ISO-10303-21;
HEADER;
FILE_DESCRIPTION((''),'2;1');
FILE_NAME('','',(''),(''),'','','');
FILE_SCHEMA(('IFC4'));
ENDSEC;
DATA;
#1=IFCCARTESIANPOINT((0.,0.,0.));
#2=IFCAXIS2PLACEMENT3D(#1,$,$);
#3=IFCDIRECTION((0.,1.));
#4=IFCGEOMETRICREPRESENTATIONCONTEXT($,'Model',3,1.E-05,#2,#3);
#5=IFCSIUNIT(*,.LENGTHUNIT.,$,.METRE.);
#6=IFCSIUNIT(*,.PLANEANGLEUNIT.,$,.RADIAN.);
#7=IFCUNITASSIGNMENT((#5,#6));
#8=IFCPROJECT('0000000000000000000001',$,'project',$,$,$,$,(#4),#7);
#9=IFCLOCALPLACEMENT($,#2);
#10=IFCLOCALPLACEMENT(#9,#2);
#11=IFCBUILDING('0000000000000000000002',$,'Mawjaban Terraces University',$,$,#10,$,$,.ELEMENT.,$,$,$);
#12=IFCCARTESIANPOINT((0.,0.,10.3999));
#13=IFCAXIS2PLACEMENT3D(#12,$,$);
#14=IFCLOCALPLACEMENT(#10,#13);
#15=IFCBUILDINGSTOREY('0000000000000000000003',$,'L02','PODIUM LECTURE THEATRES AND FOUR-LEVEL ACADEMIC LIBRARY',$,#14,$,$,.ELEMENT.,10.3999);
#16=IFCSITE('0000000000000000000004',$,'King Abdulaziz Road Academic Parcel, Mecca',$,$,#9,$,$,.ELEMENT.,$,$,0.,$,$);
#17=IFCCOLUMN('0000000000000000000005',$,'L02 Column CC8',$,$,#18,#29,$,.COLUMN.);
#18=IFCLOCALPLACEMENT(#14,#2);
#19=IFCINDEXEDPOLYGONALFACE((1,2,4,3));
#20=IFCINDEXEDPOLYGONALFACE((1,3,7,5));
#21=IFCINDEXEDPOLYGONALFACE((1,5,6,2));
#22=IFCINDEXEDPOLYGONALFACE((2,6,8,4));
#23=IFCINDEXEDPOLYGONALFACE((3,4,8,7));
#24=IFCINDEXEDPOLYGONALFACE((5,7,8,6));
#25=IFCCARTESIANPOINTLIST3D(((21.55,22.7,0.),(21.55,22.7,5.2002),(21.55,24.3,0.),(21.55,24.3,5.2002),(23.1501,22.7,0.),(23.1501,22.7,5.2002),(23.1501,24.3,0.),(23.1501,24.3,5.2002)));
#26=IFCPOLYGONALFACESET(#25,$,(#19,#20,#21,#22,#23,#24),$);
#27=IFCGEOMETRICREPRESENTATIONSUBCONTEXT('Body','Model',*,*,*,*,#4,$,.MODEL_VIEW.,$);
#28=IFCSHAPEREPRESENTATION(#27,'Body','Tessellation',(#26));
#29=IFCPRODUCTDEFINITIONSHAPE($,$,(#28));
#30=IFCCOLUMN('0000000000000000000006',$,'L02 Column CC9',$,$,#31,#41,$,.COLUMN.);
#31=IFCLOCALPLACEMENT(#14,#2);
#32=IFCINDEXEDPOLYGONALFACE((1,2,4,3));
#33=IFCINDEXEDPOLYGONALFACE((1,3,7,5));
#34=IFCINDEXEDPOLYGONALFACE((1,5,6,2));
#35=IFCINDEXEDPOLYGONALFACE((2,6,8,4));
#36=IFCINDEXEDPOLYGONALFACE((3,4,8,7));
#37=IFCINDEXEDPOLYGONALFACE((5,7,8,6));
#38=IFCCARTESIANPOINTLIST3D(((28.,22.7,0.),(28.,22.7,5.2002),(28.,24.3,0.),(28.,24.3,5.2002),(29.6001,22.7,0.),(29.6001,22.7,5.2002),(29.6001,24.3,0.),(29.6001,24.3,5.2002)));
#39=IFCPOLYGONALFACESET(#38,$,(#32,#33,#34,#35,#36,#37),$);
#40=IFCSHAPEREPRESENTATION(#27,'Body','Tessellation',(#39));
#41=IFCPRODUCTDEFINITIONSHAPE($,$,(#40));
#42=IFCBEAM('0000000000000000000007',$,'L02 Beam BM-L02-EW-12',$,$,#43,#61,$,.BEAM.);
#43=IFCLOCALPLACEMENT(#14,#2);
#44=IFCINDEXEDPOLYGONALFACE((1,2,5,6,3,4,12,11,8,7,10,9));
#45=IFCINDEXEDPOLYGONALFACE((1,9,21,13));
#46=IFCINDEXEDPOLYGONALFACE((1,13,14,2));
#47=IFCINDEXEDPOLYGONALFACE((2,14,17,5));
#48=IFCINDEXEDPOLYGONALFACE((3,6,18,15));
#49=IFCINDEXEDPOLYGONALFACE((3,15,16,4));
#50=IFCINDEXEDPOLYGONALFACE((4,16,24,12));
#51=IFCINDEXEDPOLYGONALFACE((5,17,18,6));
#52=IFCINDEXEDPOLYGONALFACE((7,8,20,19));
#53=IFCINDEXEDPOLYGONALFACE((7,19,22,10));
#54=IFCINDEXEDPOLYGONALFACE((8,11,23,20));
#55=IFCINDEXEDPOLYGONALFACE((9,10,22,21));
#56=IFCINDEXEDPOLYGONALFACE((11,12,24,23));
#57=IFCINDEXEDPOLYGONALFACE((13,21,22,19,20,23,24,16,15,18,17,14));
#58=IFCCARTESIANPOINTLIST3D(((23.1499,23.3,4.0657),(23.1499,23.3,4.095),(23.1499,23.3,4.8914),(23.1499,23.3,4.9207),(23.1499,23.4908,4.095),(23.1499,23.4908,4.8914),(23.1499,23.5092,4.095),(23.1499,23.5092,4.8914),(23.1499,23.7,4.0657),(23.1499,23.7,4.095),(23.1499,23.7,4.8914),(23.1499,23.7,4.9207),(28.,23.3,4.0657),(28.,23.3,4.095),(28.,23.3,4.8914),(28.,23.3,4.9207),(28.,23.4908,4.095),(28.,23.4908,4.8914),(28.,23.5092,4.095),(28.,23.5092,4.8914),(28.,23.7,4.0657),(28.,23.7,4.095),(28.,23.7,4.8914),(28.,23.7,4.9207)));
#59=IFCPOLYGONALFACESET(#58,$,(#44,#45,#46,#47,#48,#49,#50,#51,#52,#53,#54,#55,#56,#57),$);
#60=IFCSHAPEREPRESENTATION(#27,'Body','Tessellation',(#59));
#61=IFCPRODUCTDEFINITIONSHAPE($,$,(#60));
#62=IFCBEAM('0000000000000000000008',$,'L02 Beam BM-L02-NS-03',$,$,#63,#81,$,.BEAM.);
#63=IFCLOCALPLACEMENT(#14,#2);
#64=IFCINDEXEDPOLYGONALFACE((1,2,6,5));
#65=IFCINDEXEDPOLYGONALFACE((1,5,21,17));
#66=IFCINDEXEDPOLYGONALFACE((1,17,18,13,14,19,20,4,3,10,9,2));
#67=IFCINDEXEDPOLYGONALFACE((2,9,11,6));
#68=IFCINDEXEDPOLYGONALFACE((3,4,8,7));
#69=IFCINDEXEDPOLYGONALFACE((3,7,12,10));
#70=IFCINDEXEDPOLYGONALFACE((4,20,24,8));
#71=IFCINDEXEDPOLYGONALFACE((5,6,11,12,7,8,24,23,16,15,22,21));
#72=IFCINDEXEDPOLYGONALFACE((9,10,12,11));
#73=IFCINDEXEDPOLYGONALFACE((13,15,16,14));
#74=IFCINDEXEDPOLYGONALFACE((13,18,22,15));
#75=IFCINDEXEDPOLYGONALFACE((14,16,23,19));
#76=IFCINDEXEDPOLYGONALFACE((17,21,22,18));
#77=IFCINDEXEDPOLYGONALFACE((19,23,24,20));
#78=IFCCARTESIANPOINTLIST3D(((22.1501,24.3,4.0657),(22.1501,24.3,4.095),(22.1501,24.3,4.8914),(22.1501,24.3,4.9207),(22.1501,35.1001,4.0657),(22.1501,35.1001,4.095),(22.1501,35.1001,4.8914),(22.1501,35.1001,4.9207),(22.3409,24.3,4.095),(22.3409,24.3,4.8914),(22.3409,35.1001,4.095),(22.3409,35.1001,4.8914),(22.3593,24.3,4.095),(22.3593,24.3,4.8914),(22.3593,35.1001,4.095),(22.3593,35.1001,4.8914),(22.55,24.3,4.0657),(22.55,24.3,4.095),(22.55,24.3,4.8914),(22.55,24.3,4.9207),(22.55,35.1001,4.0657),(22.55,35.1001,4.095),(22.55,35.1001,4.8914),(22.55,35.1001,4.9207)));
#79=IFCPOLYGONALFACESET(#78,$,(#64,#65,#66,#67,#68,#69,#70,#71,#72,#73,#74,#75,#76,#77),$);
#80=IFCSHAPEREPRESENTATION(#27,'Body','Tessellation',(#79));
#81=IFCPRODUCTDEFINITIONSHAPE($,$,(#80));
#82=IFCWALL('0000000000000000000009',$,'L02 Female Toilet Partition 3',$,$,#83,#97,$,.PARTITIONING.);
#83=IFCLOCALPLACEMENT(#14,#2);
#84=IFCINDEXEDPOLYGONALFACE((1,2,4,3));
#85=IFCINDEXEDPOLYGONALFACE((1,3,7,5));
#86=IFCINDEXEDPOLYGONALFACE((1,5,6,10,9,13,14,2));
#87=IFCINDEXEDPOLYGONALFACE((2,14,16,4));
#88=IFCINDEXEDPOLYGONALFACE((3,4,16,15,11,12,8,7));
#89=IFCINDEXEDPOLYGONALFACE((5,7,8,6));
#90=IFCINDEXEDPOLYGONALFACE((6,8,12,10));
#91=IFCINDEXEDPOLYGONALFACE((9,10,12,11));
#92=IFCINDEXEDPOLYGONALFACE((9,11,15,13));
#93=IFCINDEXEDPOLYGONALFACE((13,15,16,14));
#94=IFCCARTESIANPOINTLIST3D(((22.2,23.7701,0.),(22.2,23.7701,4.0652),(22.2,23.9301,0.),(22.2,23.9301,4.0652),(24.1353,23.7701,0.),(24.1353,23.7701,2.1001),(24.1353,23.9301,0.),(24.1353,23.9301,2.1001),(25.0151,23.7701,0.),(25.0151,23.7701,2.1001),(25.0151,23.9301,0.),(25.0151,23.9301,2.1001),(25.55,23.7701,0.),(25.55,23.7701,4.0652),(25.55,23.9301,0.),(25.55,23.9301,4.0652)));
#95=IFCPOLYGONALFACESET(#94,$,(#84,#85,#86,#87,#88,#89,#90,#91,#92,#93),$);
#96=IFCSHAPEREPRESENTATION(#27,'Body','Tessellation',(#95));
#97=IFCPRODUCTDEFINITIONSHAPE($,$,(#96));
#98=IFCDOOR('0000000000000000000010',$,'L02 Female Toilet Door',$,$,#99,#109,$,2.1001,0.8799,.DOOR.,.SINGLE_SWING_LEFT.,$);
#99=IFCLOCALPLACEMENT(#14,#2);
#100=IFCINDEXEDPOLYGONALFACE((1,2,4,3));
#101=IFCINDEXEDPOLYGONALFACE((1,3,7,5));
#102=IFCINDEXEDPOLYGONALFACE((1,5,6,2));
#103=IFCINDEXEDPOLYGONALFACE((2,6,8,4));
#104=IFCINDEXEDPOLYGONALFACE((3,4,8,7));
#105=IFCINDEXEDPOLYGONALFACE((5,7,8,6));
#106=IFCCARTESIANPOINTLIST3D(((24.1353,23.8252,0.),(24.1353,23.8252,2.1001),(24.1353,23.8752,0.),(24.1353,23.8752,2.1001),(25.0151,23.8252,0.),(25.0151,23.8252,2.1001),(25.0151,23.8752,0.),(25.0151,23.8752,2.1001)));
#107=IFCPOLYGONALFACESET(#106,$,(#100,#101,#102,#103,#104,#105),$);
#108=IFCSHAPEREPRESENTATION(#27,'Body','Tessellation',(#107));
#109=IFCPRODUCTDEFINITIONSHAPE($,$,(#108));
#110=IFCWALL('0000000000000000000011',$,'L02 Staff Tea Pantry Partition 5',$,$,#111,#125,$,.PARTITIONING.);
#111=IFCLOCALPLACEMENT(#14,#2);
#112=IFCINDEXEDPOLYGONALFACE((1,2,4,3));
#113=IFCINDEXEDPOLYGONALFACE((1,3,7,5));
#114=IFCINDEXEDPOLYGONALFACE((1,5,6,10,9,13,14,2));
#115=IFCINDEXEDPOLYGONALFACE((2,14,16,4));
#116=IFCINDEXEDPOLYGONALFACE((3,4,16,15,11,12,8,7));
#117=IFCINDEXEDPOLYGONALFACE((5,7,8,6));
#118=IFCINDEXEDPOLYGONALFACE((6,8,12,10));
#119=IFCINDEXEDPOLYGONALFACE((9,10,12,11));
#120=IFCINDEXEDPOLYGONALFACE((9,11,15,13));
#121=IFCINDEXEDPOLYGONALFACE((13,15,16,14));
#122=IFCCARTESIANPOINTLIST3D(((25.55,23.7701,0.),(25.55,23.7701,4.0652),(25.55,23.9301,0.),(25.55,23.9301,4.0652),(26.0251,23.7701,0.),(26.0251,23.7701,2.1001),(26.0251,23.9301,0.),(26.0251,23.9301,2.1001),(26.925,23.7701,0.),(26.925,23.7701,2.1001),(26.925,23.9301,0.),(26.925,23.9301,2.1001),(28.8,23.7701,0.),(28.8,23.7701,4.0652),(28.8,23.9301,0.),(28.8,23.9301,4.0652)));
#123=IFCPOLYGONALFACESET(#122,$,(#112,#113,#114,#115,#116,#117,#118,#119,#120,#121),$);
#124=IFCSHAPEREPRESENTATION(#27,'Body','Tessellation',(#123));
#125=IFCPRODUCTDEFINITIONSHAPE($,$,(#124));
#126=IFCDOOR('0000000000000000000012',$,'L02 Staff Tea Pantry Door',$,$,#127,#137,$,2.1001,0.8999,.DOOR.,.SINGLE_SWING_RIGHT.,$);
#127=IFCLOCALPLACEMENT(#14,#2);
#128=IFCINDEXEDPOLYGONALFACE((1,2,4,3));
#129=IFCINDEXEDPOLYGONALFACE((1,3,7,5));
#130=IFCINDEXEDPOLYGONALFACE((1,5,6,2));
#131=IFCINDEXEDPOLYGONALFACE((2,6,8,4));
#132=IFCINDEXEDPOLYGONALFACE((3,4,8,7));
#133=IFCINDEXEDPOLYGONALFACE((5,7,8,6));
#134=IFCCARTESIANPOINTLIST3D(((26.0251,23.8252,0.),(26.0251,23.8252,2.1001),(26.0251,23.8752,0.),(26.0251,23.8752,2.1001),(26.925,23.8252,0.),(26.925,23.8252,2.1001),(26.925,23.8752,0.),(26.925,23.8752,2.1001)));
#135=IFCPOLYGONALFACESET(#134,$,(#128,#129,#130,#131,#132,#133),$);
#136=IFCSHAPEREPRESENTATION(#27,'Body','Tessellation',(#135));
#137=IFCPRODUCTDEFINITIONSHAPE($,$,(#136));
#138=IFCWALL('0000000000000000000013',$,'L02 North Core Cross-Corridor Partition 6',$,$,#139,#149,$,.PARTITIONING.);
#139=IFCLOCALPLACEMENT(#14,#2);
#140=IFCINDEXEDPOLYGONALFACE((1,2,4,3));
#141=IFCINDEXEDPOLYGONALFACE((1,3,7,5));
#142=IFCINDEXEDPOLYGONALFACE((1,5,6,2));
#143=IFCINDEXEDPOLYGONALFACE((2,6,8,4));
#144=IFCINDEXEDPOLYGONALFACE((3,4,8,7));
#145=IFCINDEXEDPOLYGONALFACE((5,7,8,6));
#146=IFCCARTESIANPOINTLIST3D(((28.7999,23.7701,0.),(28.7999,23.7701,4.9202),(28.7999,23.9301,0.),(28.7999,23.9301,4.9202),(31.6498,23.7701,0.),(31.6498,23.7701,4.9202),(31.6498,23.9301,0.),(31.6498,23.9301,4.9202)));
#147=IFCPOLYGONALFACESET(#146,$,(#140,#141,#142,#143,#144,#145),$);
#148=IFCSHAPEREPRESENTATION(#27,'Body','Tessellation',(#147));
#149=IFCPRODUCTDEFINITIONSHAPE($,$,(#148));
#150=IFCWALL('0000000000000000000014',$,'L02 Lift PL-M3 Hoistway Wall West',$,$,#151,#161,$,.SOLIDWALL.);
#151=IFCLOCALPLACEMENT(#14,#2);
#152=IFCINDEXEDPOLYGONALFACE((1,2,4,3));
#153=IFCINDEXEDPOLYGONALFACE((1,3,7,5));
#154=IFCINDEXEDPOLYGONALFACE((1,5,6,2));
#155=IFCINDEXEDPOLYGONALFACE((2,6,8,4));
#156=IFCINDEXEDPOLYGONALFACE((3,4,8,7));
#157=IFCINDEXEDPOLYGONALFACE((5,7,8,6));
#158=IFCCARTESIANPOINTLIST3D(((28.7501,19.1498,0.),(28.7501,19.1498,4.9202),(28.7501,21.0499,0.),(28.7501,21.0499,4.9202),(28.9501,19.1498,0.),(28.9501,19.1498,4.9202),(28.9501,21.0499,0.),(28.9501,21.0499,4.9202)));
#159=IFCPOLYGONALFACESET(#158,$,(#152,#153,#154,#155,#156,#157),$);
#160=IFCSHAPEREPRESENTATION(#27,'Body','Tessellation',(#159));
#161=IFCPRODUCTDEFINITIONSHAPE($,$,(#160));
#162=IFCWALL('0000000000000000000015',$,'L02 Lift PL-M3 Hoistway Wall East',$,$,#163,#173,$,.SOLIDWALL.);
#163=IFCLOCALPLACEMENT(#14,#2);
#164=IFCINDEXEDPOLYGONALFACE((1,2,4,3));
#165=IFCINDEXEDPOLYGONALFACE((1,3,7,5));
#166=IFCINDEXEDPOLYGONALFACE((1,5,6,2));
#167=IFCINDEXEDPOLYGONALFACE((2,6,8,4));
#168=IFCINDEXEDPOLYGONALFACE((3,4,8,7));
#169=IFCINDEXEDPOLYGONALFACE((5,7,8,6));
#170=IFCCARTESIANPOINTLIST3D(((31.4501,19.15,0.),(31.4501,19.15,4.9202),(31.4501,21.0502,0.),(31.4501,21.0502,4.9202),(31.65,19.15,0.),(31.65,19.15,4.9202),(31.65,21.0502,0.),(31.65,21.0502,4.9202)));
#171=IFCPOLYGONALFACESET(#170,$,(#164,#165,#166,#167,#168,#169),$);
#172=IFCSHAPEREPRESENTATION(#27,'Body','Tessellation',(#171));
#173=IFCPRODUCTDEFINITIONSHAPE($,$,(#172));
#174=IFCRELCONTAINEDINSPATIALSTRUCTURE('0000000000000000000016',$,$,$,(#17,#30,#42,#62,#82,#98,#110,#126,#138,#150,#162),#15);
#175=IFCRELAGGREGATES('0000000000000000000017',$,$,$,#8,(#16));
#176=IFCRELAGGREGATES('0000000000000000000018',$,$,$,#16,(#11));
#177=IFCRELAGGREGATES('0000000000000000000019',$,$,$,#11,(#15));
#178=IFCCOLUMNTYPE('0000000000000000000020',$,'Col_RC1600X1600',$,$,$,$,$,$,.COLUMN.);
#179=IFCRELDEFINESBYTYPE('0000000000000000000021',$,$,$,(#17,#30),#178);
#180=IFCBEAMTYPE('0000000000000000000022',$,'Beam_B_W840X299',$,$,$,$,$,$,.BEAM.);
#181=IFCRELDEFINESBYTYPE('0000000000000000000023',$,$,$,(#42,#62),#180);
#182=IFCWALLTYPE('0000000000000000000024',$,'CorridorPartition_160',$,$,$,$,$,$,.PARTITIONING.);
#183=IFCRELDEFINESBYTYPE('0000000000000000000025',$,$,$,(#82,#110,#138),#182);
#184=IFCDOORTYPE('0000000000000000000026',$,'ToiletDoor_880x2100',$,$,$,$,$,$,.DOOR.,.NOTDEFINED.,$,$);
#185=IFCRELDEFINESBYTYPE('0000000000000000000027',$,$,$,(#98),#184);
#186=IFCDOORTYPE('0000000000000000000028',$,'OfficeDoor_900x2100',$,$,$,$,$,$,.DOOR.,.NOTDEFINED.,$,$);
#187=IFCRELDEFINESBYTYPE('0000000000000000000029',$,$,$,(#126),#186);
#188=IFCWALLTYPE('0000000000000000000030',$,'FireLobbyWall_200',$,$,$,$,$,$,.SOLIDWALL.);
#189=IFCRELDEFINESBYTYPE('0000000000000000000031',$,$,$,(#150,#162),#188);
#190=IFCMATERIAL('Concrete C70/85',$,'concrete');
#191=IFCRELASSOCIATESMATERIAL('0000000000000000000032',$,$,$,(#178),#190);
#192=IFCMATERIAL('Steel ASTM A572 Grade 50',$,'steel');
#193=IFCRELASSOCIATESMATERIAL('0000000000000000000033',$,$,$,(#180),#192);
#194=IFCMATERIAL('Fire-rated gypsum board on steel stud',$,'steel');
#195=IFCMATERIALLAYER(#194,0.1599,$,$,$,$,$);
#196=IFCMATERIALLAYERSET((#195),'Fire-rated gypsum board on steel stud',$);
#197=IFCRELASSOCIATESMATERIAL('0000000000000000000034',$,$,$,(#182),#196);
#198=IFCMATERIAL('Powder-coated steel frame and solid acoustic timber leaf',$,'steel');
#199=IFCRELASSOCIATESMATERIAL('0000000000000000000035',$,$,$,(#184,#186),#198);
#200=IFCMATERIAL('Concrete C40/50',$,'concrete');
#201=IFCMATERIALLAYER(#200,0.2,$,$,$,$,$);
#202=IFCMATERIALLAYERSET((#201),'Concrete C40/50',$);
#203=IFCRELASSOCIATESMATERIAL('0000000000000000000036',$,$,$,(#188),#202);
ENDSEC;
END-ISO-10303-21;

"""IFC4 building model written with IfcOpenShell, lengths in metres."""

from ifc_helpers import new_model, si_unit, direction, frame, frame_2d, origin, origin_2d, place, context, subcontext, project, spatial, rectangle, i_section, extrude, material, layer, layer_set, material_profile, profile_set, type_object, element, fill, save


model = new_model("IFC4")

# Units and contexts
model_context = context("Model", 3, precision=1e-05, world=origin(), true_north=direction((0.0, 1.0)))
body_context = subcontext(model_context, "Body", "Model", "MODEL_VIEW")
ifc_project = project(units=[si_unit("LENGTHUNIT", "METRE"), si_unit("PLANEANGLEUNIT", "RADIAN")], contexts=[model_context])

# Site, building, storey
site_placement = place(None, origin())
site = spatial("IfcSite", under=ifc_project, at=site_placement, Name="King Abdulaziz Road Academic Parcel, Mecca", CompositionType="ELEMENT", RefElevation=0.0)
building_placement = place(site_placement, origin())
building = spatial("IfcBuilding", under=site, at=building_placement, Name="Mawjaban Terraces University", CompositionType="ELEMENT")
storey_placement = place(building_placement, frame((0.0, 0.0, 10.3999)))
storey = spatial("IfcBuildingStorey", under=building, at=storey_placement, Name="L02", Description="PODIUM LECTURE THEATRES AND FOUR-LEVEL ACADEMIC LIBRARY", CompositionType="ELEMENT", Elevation=10.3999)

# Columns
ifc_material_1 = material(Name="Concrete C70/85", Category="concrete")
ifc_material_profile_1 = material_profile(ifc_material_1, rectangle(XDim=1.6001, YDim=1.6001, at=origin_2d()), Name="RC1600X1600")
ifc_profile_set_1 = profile_set([ifc_material_profile_1], Name="Concrete C70/85")
column_type = type_object("IfcColumnType", Name="Col_RC1600X1600", PredefinedType="COLUMN", material=ifc_profile_set_1)
for number, where, z_axis, x_axis, name in (
    (1, (22.3501, 23.5, 0.0), (0.0, 0.0, 1.0), (1.0, 0.0, 0.0), "L02 Column CC8"),
    (2, (28.8, 23.5, 0.0), (0.0, 0.0, 1.0), (1.0, 0.0, 0.0), "L02 Column CC9"),
):
    element("IfcColumn", number, at=place(storey_placement, frame(where, z_axis=z_axis, x_axis=x_axis)), inside=storey, type_object=column_type, Name=name, PredefinedType="COLUMN", context=body_context, shape_type="SweptSolid", body=[
        extrude(rectangle(XDim=1.6001, YDim=1.6001, at=origin_2d()), origin(), (0.0, 0.0, 1.0), 5.2002),
    ])

# Beams
ifc_material_2 = material(Name="Steel ASTM A572 Grade 50", Category="steel")
ifc_material_profile_2 = material_profile(ifc_material_2, i_section(OverallWidth=0.3999, OverallDepth=0.855, WebThickness=0.0183, FlangeThickness=0.0293, at=origin_2d()), Name="W840X299")
ifc_profile_set_2 = profile_set([ifc_material_profile_2], Name="Steel ASTM A572 Grade 50")
beam_type = type_object("IfcBeamType", Name="Beam_B_W840X299", PredefinedType="BEAM", material=ifc_profile_set_2)
beam_1_placement = place(storey_placement, frame((23.1499, 23.5, 4.4932), z_axis=(1.0, 0.0, 0.0), x_axis=(0.0, 1.0, 0.0)))
element("IfcBeam", 3, at=beam_1_placement, inside=storey, type_object=beam_type, Name="L02 Beam BM-L02-EW-12", PredefinedType="BEAM", context=body_context, shape_type="SweptSolid", body=[
    extrude(i_section(OverallWidth=0.3999, OverallDepth=0.855, WebThickness=0.0183, FlangeThickness=0.0293, at=origin_2d()), origin(), (0.0, 0.0, 1.0), 4.8501),
])
beam_2_placement = place(storey_placement, frame((22.3501, 24.3, 4.4932), z_axis=(0.0, 1.0, 0.0), x_axis=(-1.0, 0.0, 0.0)))
element("IfcBeam", 4, at=beam_2_placement, inside=storey, type_object=beam_type, Name="L02 Beam BM-L02-NS-03", PredefinedType="BEAM", context=body_context, shape_type="SweptSolid", body=[
    extrude(i_section(OverallWidth=0.3999, OverallDepth=0.855, WebThickness=0.0183, FlangeThickness=0.0293, at=origin_2d()), origin(), (0.0, 0.0, 1.0), 10.8),
])

# Walls, openings, doors
ifc_material_3 = material(Name="Fire-rated gypsum board on steel stud", Category="steel")
ifc_layer_1 = layer(ifc_material_3, 0.1599)
ifc_layer_set_1 = layer_set([ifc_layer_1], Name="Fire-rated gypsum board on steel stud")
wall_type_1 = type_object("IfcWallType", Name="CorridorPartition_160", PredefinedType="PARTITIONING", material=ifc_layer_set_1)
wall_1_placement = place(storey_placement, frame((25.55, 23.8501, 0.0), z_axis=(0.0, 0.0, 1.0), x_axis=(-1.0, 0.0, 0.0)))
wall_1 = element("IfcWall", 5, at=wall_1_placement, inside=storey, type_object=wall_type_1, Name="L02 Female Toilet Partition 3", PredefinedType="PARTITIONING", context=body_context, shape_type="SweptSolid", body=[
    extrude(rectangle(XDim=3.3501, YDim=0.1599, at=frame_2d((1.675, 0.0))), origin(), (0.0, 0.0, 1.0), 4.0652),
])
opening_1_placement = place(wall_1_placement, frame((0.5349, 0.0, 0.0)))
opening_1 = element("IfcOpeningElement", 6, at=opening_1_placement, cuts=wall_1, PredefinedType="OPENING", context=body_context, shape_type="SweptSolid", body=[
    extrude(rectangle(XDim=0.8799, YDim=2.1001, at=frame_2d((0.4399, 1.05))), frame((0.0, 0.0898, 0.0), z_axis=(0.0, -1.0, 0.0), x_axis=(1.0, 0.0, 0.0)), (0.0, 0.0, 1.0), 0.1799),
])
ifc_material_4 = material(Name="Powder-coated steel frame and solid acoustic timber leaf", Category="steel")
door_type_1 = type_object("IfcDoorType", Name="ToiletDoor_880x2100", OperationType="NOTDEFINED", PredefinedType="DOOR", material=ifc_material_4)
door_1_placement = place(opening_1_placement, origin())
door_1 = element("IfcDoor", 7, at=door_1_placement, inside=storey, type_object=door_type_1, Name="L02 Female Toilet Door", OperationType="SINGLE_SWING_LEFT", OverallHeight=2.1001, OverallWidth=0.8799, PredefinedType="DOOR", context=body_context, shape_type="SweptSolid", body=[
    extrude(rectangle(XDim=0.8799, YDim=2.1001, at=frame_2d((0.4399, 1.05))), frame((0.0, 0.0249, 0.0), z_axis=(0.0, -1.0, 0.0), x_axis=(1.0, 0.0, 0.0)), (0.0, 0.0, 1.0), 0.05),
])
fill(opening_1, door_1)
wall_2_placement = place(storey_placement, frame((28.8, 23.8501, 0.0), z_axis=(0.0, 0.0, 1.0), x_axis=(-1.0, 0.0, 0.0)))
wall_2 = element("IfcWall", 8, at=wall_2_placement, inside=storey, type_object=wall_type_1, Name="L02 Staff Tea Pantry Partition 5", PredefinedType="PARTITIONING", context=body_context, shape_type="SweptSolid", body=[
    extrude(rectangle(XDim=3.25, YDim=0.1599, at=frame_2d((1.625, 0.0))), origin(), (0.0, 0.0, 1.0), 4.0652),
])
opening_2_placement = place(wall_2_placement, frame((1.875, 0.0, 0.0)))
opening_2 = element("IfcOpeningElement", 9, at=opening_2_placement, cuts=wall_2, PredefinedType="OPENING", context=body_context, shape_type="SweptSolid", body=[
    extrude(rectangle(XDim=0.8999, YDim=2.1001, at=frame_2d((0.45, 1.05))), frame((0.0, 0.0898, 0.0), z_axis=(0.0, -1.0, 0.0), x_axis=(1.0, 0.0, 0.0)), (0.0, 0.0, 1.0), 0.1799),
])
door_type_2 = type_object("IfcDoorType", Name="OfficeDoor_900x2100", OperationType="NOTDEFINED", PredefinedType="DOOR", material=ifc_material_4)
door_2_placement = place(opening_2_placement, origin())
door_2 = element("IfcDoor", 10, at=door_2_placement, inside=storey, type_object=door_type_2, Name="L02 Staff Tea Pantry Door", OperationType="SINGLE_SWING_RIGHT", OverallHeight=2.1001, OverallWidth=0.8999, PredefinedType="DOOR", context=body_context, shape_type="SweptSolid", body=[
    extrude(rectangle(XDim=0.8999, YDim=2.1001, at=frame_2d((0.45, 1.05))), frame((0.0, 0.0249, 0.0), z_axis=(0.0, -1.0, 0.0), x_axis=(1.0, 0.0, 0.0)), (0.0, 0.0, 1.0), 0.05),
])
fill(opening_2, door_2)

# Walls
wall_3_placement = place(storey_placement, frame((28.8, 23.8501, 0.0), z_axis=(0.0, 0.0, 1.0), x_axis=(1.0, 0.0, 0.0)))
element("IfcWall", 11, at=wall_3_placement, inside=storey, type_object=wall_type_1, Name="L02 North Core Cross-Corridor Partition 6", PredefinedType="PARTITIONING", context=body_context, shape_type="SweptSolid", body=[
    extrude(rectangle(XDim=2.8499, YDim=0.1599, at=frame_2d((1.4248, 0.0))), origin(), (0.0, 0.0, 1.0), 4.9202),
])
ifc_material_5 = material(Name="Concrete C40/50", Category="concrete")
ifc_layer_2 = layer(ifc_material_5, 0.2)
ifc_layer_set_2 = layer_set([ifc_layer_2], Name="Concrete C40/50")
wall_type_2 = type_object("IfcWallType", Name="FireLobbyWall_200", PredefinedType="SOLIDWALL", material=ifc_layer_set_2)
for number, where, z_axis, x_axis, name in (
    (12, (28.8501, 21.05, 0.0), (0.0, 0.0, 1.0), (0.0, -1.0, 0.0), "L02 Lift PL-M3 Hoistway Wall West"),
    (13, (31.55, 19.1499, 0.0), (0.0, 0.0, 1.0), (0.0, 1.0, 0.0), "L02 Lift PL-M3 Hoistway Wall East"),
):
    element("IfcWall", number, at=place(storey_placement, frame(where, z_axis=z_axis, x_axis=x_axis)), inside=storey, type_object=wall_type_2, Name=name, PredefinedType="SOLIDWALL", context=body_context, shape_type="SweptSolid", body=[
        extrude(rectangle(XDim=1.9001, YDim=0.2, at=frame_2d((0.9502, 0.0))), origin(), (0.0, 0.0, 1.0), 4.9202),
    ])

save(model, "model.ifc")
